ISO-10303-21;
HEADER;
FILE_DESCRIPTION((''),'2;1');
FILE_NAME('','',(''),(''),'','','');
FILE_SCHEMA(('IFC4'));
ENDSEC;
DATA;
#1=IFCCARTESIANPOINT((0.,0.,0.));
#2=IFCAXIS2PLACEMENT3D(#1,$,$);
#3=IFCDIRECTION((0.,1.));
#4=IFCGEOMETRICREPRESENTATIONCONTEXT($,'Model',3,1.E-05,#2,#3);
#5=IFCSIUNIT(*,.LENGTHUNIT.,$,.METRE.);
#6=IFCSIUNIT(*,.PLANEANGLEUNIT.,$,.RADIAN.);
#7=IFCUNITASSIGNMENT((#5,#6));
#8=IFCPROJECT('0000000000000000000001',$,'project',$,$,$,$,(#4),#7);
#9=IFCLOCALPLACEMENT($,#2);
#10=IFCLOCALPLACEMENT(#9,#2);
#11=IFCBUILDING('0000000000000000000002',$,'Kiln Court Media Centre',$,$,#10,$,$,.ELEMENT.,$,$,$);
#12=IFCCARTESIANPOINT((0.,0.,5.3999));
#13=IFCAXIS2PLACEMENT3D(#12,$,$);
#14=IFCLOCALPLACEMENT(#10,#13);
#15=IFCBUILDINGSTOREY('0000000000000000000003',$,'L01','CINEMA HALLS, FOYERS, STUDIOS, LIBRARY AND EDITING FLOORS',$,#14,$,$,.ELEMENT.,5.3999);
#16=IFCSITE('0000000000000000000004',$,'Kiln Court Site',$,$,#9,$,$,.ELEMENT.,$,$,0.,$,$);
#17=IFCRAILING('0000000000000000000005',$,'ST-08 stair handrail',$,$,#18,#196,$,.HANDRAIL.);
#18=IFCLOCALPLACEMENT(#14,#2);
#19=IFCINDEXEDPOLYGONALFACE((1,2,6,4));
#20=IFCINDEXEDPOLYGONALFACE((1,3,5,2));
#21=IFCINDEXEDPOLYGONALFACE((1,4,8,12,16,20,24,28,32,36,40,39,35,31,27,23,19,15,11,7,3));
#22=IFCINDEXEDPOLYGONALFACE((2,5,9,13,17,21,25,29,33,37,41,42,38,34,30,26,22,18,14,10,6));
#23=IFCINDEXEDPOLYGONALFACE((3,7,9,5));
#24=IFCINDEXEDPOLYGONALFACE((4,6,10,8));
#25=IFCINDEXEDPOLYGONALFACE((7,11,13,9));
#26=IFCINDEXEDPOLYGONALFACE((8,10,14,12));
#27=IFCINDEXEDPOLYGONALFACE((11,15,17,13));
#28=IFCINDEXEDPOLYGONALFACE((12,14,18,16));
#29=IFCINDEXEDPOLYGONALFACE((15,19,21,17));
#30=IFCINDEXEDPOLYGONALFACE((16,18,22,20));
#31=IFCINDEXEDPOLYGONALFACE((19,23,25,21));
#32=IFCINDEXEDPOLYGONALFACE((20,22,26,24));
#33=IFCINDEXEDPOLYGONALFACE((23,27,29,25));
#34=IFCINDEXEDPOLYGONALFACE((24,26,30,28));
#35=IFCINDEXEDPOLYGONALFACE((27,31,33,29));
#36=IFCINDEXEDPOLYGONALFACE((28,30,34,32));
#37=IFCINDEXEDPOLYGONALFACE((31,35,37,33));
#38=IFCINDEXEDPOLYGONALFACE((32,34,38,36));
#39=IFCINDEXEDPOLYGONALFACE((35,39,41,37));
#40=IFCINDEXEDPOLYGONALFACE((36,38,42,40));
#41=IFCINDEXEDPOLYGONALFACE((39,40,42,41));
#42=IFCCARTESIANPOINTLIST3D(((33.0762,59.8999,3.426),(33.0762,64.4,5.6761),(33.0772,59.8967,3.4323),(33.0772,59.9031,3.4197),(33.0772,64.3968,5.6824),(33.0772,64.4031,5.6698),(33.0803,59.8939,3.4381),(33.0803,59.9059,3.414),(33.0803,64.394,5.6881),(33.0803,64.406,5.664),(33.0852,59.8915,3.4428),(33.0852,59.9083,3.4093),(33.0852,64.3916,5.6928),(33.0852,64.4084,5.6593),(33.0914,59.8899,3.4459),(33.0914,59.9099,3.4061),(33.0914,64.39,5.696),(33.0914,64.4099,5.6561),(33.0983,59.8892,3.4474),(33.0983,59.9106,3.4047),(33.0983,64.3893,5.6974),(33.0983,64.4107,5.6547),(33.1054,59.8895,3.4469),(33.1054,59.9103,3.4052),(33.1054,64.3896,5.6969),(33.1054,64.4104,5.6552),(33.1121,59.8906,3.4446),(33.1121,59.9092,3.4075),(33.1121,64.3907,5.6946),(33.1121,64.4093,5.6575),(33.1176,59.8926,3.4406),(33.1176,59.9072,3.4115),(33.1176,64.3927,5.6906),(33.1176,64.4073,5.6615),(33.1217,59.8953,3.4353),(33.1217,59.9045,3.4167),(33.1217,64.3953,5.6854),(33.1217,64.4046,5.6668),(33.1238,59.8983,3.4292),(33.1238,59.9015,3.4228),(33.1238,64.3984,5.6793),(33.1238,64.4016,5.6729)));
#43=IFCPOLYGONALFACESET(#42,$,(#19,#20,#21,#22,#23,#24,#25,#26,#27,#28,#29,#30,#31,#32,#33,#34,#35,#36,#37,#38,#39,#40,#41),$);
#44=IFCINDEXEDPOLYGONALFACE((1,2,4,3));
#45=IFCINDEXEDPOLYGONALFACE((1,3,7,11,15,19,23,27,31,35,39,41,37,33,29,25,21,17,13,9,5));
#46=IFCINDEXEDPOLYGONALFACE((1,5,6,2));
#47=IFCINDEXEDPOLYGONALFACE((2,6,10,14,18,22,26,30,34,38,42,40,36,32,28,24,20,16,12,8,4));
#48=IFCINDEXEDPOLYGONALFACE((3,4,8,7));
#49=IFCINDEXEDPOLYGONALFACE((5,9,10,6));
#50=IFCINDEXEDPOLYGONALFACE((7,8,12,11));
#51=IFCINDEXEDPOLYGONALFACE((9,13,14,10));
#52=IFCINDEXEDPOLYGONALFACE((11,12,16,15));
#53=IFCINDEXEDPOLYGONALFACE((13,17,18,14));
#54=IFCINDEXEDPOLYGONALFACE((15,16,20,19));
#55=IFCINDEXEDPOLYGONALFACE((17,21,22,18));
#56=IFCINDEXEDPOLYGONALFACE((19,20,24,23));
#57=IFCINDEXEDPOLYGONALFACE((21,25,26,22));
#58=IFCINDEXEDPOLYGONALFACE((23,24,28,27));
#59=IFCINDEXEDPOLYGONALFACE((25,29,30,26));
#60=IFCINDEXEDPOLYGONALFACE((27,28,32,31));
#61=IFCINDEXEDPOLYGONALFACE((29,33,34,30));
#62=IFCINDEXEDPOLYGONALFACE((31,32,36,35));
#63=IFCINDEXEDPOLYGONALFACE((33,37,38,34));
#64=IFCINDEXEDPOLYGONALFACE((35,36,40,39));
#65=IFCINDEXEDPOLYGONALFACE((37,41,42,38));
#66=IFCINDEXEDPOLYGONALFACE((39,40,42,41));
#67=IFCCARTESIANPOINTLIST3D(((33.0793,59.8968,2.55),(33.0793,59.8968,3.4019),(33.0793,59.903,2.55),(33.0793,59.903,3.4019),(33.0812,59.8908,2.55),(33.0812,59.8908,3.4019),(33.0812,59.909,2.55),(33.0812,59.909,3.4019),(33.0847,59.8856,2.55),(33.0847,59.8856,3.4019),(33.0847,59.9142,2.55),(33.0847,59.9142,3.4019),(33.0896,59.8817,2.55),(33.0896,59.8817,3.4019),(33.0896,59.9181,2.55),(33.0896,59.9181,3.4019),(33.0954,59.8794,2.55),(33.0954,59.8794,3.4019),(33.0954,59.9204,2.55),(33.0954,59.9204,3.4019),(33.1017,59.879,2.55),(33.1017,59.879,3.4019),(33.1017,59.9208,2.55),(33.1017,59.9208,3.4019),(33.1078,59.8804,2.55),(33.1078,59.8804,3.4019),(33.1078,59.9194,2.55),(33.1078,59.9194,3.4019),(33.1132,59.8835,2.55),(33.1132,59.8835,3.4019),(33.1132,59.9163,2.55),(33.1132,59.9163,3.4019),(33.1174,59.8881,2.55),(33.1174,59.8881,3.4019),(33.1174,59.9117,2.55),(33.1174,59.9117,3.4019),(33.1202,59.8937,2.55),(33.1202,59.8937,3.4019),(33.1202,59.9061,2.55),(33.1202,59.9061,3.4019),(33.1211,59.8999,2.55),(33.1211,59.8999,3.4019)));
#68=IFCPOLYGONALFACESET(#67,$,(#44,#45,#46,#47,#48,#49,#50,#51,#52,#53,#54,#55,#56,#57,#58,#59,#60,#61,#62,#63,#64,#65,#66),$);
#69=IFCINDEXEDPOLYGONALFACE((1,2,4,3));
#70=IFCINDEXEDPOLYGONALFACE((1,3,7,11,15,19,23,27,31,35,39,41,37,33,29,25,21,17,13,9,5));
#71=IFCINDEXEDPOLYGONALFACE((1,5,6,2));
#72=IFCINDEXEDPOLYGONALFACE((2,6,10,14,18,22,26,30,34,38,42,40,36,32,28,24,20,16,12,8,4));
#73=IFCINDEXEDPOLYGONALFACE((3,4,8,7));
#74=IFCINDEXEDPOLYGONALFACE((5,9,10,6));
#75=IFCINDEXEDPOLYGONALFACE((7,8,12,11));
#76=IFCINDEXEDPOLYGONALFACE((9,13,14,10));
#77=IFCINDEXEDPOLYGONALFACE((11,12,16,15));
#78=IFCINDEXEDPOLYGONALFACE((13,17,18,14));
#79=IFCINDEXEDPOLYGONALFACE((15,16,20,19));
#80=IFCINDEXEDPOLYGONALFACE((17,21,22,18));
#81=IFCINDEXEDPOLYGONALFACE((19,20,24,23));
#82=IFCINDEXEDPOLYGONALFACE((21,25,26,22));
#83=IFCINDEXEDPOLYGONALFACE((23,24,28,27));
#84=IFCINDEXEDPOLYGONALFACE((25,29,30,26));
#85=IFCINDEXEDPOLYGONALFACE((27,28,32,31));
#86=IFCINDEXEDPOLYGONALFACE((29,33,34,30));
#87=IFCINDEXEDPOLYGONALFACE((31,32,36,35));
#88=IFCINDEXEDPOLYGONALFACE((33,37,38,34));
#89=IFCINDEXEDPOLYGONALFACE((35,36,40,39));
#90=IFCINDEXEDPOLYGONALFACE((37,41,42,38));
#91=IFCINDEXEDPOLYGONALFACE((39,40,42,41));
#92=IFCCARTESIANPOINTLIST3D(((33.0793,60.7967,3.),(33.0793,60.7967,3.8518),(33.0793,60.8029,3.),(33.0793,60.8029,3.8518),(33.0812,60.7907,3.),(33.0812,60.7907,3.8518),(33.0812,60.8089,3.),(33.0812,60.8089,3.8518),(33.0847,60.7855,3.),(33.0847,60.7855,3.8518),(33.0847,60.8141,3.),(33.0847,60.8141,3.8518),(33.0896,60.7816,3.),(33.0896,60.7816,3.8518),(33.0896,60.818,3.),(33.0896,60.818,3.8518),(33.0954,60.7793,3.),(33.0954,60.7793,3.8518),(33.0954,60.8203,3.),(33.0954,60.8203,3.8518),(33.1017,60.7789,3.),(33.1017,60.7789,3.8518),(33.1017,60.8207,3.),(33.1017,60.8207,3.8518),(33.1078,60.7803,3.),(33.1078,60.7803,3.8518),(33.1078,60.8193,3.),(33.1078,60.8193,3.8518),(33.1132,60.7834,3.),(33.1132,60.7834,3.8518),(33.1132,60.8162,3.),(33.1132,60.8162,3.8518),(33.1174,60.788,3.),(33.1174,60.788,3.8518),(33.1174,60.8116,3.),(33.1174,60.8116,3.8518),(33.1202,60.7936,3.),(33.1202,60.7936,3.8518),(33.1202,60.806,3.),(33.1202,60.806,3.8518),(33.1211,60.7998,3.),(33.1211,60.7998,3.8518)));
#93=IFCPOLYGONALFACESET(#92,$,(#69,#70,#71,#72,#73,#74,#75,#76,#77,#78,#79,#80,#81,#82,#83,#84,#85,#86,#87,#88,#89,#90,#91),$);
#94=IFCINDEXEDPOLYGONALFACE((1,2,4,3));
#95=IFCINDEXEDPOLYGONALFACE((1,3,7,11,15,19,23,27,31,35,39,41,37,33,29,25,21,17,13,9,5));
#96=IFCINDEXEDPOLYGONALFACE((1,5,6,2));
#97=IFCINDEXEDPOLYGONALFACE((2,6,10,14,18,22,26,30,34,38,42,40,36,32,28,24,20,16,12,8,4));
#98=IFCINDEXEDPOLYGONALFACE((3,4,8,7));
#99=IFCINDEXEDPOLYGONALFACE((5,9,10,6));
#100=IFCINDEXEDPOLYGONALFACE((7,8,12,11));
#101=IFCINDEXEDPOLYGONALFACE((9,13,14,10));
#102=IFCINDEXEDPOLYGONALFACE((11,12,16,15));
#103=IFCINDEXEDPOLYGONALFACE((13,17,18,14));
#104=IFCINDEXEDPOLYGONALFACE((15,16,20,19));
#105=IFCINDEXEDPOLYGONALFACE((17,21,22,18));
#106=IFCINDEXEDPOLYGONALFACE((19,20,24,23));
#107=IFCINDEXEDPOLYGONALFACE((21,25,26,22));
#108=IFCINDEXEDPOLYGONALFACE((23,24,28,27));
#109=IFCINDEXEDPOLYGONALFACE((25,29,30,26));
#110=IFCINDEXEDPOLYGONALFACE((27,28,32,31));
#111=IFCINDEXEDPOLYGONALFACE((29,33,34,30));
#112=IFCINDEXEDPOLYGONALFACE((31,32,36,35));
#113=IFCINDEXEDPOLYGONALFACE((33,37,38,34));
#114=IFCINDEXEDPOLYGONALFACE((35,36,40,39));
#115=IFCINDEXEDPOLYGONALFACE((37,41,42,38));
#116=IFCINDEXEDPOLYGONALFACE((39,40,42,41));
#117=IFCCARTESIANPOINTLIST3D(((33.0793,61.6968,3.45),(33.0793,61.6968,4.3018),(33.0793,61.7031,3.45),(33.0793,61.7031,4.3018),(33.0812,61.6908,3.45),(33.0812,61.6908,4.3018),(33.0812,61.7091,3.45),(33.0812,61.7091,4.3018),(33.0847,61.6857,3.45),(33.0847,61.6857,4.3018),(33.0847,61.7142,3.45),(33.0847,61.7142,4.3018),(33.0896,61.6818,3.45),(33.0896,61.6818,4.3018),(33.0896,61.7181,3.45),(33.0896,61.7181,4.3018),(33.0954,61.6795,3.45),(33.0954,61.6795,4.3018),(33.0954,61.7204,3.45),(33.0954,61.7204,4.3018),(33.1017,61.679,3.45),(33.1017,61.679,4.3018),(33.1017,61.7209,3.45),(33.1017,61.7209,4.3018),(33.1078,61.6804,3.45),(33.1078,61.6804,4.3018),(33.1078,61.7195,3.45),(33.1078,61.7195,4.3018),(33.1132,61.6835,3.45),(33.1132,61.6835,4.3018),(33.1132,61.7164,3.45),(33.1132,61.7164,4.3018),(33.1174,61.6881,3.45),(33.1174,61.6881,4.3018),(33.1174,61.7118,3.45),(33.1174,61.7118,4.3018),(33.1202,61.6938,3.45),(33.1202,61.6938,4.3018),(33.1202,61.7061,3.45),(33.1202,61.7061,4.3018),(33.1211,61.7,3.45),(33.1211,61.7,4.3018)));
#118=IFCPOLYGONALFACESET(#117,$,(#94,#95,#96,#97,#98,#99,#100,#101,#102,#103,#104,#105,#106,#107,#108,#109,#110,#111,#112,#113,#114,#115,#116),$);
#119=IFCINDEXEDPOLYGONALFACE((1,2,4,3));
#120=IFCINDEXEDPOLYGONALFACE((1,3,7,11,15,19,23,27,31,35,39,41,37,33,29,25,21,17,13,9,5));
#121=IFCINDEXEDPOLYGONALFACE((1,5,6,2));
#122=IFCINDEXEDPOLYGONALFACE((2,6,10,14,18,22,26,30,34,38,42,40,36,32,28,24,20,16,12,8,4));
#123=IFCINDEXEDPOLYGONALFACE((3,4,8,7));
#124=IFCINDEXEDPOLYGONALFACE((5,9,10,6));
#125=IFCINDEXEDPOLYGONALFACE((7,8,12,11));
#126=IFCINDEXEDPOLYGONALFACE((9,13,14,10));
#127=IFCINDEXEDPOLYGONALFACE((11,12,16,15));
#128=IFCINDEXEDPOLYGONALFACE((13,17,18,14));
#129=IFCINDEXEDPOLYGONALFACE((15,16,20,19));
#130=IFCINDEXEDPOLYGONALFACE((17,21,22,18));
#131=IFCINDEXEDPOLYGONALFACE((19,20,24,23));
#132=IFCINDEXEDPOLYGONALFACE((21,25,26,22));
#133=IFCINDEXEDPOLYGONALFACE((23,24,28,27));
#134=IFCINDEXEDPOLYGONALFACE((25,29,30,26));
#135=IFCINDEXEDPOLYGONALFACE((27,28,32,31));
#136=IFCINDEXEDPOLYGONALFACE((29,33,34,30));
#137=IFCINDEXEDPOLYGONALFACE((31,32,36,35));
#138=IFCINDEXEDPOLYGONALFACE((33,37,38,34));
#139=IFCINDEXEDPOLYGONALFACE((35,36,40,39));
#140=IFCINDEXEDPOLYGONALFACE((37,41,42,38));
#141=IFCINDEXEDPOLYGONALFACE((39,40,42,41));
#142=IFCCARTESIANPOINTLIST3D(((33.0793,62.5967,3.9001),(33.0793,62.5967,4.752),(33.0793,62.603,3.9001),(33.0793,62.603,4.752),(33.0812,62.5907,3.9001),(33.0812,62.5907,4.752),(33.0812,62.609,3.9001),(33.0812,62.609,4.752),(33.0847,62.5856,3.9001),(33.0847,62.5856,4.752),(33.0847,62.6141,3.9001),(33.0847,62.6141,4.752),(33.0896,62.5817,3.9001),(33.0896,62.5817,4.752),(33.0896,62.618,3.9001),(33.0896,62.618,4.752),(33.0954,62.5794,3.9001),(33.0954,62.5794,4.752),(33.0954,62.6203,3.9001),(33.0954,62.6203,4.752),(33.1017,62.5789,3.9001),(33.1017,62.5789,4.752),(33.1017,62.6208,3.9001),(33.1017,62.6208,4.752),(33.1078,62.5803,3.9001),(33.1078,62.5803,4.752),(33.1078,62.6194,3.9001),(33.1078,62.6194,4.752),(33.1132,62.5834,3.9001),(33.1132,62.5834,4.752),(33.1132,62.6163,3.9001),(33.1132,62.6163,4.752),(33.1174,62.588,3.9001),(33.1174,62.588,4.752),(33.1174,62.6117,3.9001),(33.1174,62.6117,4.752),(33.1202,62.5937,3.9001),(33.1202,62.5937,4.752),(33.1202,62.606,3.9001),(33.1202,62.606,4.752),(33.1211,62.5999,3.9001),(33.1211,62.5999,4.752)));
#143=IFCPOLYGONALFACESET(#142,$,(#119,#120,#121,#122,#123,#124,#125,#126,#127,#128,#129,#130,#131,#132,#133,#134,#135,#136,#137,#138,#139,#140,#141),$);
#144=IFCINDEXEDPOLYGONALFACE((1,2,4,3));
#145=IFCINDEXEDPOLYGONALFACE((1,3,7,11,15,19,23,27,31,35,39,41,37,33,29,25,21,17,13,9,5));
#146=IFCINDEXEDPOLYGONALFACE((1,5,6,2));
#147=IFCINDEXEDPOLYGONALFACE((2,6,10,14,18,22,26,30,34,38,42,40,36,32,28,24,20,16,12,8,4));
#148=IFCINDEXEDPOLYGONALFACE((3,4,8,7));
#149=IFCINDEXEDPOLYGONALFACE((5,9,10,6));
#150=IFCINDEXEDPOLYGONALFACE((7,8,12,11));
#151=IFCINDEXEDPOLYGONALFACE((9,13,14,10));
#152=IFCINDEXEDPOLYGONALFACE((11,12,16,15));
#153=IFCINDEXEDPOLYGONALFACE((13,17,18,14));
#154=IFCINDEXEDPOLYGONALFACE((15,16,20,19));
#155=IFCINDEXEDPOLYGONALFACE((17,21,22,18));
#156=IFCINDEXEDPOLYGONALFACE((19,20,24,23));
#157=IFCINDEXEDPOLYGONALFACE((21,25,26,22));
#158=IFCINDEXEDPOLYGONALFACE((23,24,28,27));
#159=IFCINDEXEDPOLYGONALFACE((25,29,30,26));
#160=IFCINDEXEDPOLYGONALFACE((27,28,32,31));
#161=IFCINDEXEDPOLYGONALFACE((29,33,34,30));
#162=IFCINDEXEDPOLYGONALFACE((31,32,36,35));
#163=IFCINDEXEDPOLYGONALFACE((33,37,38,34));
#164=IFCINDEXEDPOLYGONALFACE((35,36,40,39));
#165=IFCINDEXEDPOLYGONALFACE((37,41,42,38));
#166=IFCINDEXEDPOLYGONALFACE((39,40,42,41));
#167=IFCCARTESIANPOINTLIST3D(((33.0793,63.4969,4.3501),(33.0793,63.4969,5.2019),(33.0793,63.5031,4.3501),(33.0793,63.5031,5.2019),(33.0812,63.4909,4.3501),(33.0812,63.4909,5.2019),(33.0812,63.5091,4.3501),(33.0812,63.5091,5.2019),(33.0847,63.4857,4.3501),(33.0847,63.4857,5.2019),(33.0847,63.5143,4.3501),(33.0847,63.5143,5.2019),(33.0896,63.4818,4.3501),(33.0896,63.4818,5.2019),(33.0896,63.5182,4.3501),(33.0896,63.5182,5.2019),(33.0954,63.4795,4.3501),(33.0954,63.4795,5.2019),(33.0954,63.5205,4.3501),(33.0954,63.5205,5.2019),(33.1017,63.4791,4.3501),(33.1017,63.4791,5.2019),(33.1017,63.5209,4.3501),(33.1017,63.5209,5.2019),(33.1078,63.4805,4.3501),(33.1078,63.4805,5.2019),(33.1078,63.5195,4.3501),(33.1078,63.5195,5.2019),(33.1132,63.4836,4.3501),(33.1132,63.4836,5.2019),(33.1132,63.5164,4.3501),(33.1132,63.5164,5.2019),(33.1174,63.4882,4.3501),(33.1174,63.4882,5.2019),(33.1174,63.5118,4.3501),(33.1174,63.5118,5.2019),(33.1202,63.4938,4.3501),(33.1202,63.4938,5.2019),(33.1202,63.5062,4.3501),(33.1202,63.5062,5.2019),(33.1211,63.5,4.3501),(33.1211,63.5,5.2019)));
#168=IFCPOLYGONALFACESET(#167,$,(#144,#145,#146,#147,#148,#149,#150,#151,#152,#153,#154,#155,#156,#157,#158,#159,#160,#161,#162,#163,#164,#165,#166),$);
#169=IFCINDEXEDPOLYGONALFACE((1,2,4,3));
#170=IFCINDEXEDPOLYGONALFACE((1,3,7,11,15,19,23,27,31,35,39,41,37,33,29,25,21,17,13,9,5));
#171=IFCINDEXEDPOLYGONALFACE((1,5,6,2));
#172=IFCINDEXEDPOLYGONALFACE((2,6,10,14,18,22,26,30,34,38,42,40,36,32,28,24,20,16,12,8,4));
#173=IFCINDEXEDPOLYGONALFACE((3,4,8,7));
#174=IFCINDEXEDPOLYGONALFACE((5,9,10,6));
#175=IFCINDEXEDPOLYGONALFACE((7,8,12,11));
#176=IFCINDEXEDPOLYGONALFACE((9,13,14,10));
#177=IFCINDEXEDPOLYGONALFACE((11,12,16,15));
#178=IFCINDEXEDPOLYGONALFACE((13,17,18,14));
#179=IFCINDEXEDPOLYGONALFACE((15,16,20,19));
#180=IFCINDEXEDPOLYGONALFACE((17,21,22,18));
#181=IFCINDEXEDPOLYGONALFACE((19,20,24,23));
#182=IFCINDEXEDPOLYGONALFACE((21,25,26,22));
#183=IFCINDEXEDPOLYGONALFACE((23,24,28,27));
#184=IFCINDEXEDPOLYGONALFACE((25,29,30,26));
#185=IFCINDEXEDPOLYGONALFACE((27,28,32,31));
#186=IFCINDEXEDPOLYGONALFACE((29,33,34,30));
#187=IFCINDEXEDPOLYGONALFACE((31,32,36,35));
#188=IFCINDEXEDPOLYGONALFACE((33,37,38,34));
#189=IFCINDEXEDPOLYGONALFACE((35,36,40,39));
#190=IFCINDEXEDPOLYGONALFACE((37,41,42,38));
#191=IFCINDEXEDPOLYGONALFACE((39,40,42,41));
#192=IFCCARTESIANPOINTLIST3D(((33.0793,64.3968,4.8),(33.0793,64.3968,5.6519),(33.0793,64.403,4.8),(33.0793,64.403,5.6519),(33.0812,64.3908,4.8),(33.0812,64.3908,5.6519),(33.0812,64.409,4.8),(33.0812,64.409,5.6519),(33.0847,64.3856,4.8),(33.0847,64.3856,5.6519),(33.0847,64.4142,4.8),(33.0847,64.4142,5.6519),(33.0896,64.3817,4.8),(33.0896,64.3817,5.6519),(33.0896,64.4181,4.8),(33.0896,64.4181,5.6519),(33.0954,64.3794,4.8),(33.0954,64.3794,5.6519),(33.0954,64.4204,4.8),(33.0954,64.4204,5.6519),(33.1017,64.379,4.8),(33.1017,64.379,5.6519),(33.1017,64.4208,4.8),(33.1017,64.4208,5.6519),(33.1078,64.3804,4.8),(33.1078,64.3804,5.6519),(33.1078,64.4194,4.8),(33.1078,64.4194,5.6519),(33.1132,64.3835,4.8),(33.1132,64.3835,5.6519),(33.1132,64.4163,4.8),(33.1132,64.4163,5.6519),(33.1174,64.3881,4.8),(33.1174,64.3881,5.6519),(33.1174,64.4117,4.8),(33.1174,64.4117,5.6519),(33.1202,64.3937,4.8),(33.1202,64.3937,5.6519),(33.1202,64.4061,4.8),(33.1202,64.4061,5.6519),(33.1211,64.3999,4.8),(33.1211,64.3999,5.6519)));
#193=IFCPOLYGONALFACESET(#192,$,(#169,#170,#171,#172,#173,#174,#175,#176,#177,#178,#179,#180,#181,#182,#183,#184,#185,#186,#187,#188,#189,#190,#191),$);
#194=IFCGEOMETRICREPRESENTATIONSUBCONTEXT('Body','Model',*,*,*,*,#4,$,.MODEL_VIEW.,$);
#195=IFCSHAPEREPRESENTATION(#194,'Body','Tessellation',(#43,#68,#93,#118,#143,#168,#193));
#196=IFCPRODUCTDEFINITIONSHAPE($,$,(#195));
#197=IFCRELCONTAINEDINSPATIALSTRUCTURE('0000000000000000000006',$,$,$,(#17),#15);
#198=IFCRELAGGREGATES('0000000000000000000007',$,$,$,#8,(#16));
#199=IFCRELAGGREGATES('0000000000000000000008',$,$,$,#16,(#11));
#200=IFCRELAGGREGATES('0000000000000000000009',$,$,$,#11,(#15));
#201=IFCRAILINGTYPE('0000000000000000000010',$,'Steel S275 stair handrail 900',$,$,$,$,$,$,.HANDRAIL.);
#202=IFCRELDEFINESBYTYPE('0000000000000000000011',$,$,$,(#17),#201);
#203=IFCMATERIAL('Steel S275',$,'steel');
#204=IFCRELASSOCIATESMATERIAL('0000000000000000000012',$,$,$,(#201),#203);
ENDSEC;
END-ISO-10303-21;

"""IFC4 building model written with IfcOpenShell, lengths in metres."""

from ifc_helpers import new_model, si_unit, direction, frame, origin, origin_2d, place, context, subcontext, project, spatial, circle, extrude, material, type_object, element, save


model = new_model("IFC4")

# Units and contexts
model_context = context("Model", 3, precision=1e-05, world=origin(), true_north=direction((0.0, 1.0)))
body_context = subcontext(model_context, "Body", "Model", "MODEL_VIEW")
ifc_project = project(units=[si_unit("LENGTHUNIT", "METRE"), si_unit("PLANEANGLEUNIT", "RADIAN")], contexts=[model_context])

# Site, building, storey
site_placement = place(None, origin())
site = spatial("IfcSite", under=ifc_project, at=site_placement, Name="Kiln Court Site", CompositionType="ELEMENT", RefElevation=0.0)
building_placement = place(site_placement, origin())
building = spatial("IfcBuilding", under=site, at=building_placement, Name="Kiln Court Media Centre", CompositionType="ELEMENT")
storey_placement = place(building_placement, frame((0.0, 0.0, 5.3999)))
storey = spatial("IfcBuildingStorey", under=building, at=storey_placement, Name="L01", Description="CINEMA HALLS, FOYERS, STUDIOS, LIBRARY AND EDITING FLOORS", CompositionType="ELEMENT", Elevation=5.3999)

# Railing
ifc_material_1 = material(Name="Steel S275", Category="steel")
railing_type_1 = type_object("IfcRailingType", Name="Steel S275 stair handrail 900", PredefinedType="HANDRAIL", material=ifc_material_1)
railing_1_placement = place(storey_placement, frame((33.1001, 59.8999, 2.55)))
element("IfcRailing", 1, at=railing_1_placement, inside=storey, type_object=railing_type_1, Name="ST-08 stair handrail", PredefinedType="HANDRAIL", context=body_context, shape_type="SweptSolid", body=[
    extrude(circle(Radius=0.0239, at=origin_2d()), frame((0.0, 0.0, 0.876), z_axis=(0.0, 0.894427, 0.447214), x_axis=(-1.0, 0.0, 0.0)), (0.0, 0.0, 1.0), 5.0312),
    extrude(circle(Radius=0.021, at=origin_2d()), origin(), (0.0, 0.0, 1.0), 0.8518),
    extrude(circle(Radius=0.021, at=origin_2d()), frame((0.0, 0.8999, 0.45)), (0.0, 0.0, 1.0), 0.8518),
    extrude(circle(Radius=0.021, at=origin_2d()), frame((0.0, 1.8, 0.8999)), (0.0, 0.0, 1.0), 0.8518),
    extrude(circle(Radius=0.021, at=origin_2d()), frame((0.0, 2.7, 1.3501)), (0.0, 0.0, 1.0), 0.8518),
    extrude(circle(Radius=0.021, at=origin_2d()), frame((0.0, 3.6001, 1.8)), (0.0, 0.0, 1.0), 0.8518),
    extrude(circle(Radius=0.021, at=origin_2d()), frame((0.0, 4.5, 2.25)), (0.0, 0.0, 1.0), 0.8518),
])

save(model, "model.ifc")
